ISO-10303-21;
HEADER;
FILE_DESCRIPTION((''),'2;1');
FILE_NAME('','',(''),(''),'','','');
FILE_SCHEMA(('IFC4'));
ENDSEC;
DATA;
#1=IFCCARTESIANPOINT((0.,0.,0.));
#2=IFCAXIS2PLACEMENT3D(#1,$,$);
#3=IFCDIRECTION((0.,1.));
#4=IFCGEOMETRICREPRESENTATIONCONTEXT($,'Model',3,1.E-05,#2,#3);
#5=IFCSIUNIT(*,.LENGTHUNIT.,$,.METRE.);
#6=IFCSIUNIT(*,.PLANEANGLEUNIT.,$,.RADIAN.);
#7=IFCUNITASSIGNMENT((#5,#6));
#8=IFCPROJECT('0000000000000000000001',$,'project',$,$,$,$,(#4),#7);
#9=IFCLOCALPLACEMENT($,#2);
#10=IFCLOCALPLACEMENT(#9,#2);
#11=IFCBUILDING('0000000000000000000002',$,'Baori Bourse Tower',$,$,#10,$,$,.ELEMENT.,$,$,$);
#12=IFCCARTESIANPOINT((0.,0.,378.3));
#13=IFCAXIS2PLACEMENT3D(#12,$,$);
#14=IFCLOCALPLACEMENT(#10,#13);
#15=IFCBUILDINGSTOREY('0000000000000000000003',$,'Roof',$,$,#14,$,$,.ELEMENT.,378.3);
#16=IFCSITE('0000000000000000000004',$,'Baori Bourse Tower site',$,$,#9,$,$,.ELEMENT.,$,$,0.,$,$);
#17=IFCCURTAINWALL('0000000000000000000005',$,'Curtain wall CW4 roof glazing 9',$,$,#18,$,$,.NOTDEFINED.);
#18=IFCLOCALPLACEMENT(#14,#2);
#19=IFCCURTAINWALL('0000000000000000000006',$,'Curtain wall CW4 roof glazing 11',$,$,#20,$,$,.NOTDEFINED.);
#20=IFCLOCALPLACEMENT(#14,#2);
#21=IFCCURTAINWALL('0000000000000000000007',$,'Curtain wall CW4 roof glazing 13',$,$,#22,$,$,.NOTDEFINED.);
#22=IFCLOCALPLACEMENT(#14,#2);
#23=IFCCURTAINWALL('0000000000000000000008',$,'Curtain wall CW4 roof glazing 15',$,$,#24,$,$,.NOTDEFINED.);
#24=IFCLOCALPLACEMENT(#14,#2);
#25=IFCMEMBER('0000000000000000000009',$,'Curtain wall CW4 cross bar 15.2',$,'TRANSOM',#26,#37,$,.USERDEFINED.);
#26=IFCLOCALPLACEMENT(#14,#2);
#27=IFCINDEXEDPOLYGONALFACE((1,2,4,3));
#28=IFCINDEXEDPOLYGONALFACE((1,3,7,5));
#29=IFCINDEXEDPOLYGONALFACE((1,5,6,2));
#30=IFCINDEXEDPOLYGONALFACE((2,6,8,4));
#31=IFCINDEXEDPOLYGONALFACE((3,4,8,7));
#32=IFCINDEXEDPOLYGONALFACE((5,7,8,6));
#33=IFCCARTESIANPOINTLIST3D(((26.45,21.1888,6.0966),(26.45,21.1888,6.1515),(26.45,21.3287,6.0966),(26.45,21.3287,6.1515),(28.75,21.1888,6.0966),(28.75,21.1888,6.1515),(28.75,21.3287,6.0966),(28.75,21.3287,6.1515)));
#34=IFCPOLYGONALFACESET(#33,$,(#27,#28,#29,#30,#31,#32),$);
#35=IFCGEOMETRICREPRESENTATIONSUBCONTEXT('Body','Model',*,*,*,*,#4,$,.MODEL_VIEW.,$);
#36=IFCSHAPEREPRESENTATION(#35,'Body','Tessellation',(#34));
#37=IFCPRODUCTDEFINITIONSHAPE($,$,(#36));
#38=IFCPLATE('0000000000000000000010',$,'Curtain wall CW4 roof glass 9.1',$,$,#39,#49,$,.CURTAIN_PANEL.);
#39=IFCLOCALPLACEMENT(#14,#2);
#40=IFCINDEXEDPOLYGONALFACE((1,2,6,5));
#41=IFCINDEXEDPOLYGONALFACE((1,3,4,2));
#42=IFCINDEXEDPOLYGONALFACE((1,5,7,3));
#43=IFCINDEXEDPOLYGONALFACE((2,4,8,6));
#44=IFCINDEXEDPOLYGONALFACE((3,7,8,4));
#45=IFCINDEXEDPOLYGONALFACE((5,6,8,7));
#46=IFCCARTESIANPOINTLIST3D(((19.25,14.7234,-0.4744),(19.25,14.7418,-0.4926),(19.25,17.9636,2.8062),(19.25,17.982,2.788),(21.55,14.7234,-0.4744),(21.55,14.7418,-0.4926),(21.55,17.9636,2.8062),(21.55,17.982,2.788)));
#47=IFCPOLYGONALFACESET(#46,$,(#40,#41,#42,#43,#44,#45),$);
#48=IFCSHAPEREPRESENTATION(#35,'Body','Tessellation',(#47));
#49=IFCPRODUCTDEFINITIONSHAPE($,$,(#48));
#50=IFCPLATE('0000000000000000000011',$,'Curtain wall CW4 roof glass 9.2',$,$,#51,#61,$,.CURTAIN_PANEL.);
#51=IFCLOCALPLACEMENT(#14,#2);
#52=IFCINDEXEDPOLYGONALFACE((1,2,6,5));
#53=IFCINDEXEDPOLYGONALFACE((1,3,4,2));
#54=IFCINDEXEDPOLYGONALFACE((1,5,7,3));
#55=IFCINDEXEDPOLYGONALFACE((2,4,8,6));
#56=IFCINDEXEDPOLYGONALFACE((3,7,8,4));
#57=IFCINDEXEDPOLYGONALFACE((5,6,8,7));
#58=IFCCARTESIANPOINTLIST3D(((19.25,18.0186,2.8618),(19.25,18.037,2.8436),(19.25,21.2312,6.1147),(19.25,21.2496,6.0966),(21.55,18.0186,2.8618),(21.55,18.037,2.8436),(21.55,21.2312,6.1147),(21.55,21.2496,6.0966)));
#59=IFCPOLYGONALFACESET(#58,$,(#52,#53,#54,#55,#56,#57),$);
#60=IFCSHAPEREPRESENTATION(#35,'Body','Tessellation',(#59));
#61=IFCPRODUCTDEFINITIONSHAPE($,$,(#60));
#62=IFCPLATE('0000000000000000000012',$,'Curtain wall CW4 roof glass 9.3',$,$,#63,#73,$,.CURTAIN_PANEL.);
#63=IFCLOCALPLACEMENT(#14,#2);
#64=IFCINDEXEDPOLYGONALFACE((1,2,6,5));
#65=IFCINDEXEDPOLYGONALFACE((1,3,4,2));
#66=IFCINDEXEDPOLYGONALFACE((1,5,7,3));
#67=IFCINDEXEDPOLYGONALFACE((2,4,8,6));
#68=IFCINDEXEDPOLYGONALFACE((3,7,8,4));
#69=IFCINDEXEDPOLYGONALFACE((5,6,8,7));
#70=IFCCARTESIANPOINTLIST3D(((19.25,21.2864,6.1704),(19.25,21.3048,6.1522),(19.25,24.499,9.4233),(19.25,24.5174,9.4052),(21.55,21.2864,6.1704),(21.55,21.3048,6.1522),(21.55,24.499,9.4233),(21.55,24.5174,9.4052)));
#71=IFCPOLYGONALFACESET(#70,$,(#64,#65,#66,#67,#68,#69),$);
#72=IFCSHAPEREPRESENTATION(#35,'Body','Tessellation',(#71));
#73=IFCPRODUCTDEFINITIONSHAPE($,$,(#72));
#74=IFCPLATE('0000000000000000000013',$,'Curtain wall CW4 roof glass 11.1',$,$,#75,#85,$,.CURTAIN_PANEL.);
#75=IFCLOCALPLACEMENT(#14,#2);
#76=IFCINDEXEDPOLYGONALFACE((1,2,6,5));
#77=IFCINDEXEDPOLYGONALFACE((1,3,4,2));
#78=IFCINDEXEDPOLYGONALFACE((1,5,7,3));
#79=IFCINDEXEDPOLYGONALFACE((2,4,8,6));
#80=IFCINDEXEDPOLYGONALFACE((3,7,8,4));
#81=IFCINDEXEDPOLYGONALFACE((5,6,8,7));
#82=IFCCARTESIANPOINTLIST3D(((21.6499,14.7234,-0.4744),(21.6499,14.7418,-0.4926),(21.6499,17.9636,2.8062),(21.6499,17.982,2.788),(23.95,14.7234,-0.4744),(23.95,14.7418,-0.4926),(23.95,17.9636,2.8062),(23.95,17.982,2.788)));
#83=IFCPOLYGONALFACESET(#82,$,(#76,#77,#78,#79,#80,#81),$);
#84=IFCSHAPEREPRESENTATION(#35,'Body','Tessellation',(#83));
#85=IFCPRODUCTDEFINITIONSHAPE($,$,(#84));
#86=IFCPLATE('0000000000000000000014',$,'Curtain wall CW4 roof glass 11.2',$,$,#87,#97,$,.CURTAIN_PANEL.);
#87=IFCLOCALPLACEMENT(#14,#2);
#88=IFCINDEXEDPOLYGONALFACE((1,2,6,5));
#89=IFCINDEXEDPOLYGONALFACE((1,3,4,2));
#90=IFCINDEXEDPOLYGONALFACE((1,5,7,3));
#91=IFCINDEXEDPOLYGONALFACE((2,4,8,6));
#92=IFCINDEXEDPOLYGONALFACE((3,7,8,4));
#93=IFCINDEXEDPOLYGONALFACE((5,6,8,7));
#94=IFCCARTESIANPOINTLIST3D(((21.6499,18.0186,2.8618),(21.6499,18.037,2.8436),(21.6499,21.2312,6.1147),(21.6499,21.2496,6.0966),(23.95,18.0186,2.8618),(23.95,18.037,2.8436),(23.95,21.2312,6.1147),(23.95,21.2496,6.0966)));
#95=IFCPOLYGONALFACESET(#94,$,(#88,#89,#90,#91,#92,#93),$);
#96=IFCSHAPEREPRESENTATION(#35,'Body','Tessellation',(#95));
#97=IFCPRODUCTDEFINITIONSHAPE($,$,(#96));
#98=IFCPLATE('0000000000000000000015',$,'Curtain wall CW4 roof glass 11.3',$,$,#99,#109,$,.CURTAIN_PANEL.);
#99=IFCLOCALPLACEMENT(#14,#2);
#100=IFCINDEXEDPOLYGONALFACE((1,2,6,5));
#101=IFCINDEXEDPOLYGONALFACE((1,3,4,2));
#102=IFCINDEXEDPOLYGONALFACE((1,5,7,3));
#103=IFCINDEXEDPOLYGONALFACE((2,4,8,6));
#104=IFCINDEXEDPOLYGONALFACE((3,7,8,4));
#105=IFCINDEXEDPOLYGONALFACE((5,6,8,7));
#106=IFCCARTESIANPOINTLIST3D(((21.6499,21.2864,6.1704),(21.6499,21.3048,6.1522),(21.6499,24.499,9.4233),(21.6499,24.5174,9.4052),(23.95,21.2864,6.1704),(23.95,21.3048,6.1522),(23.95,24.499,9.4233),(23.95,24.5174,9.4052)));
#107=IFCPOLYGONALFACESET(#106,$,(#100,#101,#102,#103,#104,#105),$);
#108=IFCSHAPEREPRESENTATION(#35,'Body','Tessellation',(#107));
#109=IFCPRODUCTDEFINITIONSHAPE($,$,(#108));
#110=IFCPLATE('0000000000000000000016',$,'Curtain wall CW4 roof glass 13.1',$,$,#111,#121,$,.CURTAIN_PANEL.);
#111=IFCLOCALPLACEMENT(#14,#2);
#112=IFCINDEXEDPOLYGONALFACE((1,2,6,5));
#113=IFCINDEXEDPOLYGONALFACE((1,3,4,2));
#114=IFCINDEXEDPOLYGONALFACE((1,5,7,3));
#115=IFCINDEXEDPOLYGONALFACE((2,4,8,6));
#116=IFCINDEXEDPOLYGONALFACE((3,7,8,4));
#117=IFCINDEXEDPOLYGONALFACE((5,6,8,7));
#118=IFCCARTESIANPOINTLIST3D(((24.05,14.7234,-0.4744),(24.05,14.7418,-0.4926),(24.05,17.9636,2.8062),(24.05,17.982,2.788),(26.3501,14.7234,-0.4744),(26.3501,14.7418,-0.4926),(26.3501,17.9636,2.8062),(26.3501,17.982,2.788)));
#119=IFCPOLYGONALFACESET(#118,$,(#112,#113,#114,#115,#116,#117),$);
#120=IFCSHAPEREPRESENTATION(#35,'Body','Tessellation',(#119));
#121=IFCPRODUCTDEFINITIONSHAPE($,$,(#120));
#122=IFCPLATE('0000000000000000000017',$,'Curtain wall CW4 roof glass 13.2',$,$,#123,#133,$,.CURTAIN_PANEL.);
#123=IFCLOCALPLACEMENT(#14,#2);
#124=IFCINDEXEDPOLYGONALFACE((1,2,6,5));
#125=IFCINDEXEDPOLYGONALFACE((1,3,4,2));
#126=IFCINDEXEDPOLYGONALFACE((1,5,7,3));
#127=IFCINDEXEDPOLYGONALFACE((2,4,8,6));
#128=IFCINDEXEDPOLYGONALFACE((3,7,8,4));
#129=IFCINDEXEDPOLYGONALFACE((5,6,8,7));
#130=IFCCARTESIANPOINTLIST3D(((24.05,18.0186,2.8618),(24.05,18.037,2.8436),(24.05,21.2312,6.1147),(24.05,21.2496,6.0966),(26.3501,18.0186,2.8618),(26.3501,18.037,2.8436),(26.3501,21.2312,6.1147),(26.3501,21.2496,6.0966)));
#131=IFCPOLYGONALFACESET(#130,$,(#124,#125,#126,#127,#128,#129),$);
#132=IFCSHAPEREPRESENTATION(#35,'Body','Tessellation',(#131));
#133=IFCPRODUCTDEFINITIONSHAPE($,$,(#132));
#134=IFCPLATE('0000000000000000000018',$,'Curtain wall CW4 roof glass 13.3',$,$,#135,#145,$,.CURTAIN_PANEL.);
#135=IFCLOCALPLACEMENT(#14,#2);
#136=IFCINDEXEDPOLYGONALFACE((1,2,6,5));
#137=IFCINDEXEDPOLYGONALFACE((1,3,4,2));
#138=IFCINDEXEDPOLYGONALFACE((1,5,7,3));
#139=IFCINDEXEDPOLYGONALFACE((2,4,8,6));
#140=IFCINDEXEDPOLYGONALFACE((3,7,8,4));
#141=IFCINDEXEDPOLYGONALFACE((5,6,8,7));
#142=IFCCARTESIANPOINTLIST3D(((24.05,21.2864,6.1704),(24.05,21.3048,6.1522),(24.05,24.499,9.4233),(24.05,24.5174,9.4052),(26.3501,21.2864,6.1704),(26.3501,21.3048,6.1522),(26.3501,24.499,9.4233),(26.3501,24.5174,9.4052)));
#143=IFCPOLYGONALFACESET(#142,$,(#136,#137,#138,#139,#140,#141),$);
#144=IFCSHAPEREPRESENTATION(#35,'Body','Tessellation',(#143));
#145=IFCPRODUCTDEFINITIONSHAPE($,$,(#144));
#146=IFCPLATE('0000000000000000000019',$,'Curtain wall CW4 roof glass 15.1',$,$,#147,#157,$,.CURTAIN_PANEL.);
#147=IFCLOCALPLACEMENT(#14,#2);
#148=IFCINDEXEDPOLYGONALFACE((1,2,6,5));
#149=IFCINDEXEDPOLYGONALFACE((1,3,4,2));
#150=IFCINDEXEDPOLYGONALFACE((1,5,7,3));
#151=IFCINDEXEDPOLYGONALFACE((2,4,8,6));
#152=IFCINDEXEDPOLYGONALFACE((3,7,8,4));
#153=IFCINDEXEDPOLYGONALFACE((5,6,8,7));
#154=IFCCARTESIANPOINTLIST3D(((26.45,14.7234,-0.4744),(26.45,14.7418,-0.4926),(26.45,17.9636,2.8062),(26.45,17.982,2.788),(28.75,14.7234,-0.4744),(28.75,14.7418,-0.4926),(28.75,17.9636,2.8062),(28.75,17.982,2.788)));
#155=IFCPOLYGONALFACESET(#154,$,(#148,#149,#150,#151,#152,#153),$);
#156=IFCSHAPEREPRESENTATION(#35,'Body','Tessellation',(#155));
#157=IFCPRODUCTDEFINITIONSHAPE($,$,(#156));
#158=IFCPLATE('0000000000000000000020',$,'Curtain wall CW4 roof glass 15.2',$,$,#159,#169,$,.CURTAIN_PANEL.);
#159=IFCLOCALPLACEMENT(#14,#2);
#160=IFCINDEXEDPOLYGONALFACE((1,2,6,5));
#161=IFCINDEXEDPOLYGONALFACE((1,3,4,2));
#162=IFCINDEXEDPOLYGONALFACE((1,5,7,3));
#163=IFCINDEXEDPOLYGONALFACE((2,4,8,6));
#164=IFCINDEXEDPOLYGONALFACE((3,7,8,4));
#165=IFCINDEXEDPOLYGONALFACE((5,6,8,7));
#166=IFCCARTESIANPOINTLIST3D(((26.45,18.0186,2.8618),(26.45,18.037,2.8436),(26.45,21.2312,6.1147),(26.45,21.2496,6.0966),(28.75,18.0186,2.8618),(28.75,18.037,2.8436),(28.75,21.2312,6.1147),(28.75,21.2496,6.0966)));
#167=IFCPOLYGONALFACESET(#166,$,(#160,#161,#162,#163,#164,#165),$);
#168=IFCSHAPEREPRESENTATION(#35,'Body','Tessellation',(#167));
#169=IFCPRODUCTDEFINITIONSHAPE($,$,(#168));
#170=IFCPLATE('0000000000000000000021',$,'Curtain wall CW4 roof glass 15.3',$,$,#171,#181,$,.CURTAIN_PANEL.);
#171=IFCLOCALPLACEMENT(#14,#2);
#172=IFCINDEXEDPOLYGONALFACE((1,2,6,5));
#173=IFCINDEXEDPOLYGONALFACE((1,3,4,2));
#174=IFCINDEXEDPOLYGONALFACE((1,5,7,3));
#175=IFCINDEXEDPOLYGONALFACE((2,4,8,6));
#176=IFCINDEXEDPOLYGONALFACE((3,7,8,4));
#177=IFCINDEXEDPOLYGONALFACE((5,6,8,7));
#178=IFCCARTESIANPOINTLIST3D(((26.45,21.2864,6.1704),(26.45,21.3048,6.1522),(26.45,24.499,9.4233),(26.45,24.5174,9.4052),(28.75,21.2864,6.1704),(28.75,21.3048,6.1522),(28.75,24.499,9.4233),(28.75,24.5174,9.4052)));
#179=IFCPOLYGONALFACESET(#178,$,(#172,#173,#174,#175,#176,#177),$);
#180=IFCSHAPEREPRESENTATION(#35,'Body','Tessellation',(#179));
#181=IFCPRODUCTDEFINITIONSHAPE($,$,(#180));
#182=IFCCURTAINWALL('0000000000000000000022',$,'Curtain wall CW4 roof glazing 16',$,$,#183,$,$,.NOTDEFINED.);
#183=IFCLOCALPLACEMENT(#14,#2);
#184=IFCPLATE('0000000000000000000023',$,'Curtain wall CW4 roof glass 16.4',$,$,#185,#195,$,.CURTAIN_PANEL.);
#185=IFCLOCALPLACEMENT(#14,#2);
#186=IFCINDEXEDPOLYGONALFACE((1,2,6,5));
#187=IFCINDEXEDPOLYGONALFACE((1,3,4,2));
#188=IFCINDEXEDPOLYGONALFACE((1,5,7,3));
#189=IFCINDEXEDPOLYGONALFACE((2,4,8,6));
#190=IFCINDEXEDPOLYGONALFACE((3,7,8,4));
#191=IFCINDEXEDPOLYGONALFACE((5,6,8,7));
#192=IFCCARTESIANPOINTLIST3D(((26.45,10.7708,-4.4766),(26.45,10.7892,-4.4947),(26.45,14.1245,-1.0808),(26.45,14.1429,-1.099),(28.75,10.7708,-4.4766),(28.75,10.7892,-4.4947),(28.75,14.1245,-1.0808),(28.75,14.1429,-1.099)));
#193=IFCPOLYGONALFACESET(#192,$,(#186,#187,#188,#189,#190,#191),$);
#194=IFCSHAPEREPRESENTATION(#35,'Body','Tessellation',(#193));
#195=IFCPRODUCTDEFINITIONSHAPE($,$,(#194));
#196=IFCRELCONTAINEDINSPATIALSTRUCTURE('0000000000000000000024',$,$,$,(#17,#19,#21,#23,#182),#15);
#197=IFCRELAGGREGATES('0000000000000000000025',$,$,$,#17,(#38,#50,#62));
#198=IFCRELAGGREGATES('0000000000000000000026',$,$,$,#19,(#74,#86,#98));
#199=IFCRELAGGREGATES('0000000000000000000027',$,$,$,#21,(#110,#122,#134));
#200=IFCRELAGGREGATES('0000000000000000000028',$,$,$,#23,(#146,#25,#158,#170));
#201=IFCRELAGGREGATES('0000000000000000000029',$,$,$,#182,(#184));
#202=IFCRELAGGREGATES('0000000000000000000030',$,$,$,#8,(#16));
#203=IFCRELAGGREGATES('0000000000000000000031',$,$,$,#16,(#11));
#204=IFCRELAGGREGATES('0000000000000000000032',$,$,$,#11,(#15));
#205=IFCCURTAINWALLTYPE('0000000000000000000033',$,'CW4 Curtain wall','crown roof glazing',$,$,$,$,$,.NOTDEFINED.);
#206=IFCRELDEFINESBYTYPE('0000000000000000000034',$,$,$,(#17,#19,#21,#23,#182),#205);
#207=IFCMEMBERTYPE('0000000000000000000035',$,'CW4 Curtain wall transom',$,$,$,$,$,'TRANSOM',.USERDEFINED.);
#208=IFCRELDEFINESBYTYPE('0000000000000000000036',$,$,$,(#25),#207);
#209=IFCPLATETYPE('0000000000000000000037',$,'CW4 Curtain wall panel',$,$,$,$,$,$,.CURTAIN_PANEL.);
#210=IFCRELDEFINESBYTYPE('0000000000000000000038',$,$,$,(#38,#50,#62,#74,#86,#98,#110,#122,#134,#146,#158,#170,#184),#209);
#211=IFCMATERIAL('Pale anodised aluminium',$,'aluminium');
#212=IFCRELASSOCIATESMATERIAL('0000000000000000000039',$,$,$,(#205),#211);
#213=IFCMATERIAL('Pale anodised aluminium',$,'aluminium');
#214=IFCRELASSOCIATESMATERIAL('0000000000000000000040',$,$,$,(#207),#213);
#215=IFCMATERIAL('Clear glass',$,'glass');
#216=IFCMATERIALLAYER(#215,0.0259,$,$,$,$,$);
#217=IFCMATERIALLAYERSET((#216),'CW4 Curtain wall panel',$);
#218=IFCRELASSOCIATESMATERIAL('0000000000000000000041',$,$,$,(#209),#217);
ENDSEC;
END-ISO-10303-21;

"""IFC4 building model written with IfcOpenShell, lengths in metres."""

from ifc_helpers import new_model, si_unit, direction, frame, origin, origin_2d, place, context, subcontext, project, spatial, polyline, rectangle, outline, extrude, material, layer, layer_set, material_profile, profile_set, type_object, element, aggregate, save


model = new_model("IFC4")

# Units and contexts
model_context = context("Model", 3, precision=1e-05, world=origin(), true_north=direction((0.0, 1.0)))
body_context = subcontext(model_context, "Body", "Model", "MODEL_VIEW")
ifc_project = project(units=[si_unit("LENGTHUNIT", "METRE"), si_unit("PLANEANGLEUNIT", "RADIAN")], contexts=[model_context])

# Site, building, storey
site_placement = place(None, origin())
site = spatial("IfcSite", under=ifc_project, at=site_placement, Name="Baori Bourse Tower site", CompositionType="ELEMENT", RefElevation=0.0)
building_placement = place(site_placement, origin())
building = spatial("IfcBuilding", under=site, at=building_placement, Name="Baori Bourse Tower", CompositionType="ELEMENT")
storey_placement = place(building_placement, frame((0.0, 0.0, 378.3)))
storey = spatial("IfcBuildingStorey", under=building, at=storey_placement, Name="Roof", CompositionType="ELEMENT", Elevation=378.3)

# Curtain wall
ifc_material_1 = material(Name="Pale anodised aluminium", Category="aluminium")
curtain_wall_type = type_object("IfcCurtainWallType", Name="CW4 Curtain wall", Description="crown roof glazing", PredefinedType="NOTDEFINED", material=ifc_material_1)
curtain_wall_1_placement = place(storey_placement, origin())
curtain_wall_1 = element("IfcCurtainWall", 1, at=curtain_wall_1_placement, inside=storey, type_object=curtain_wall_type, Name="Curtain wall CW4 roof glazing 9", PredefinedType="NOTDEFINED")

# Curtain walls
curtain_wall_2_placement = place(storey_placement, origin())
curtain_wall_2 = element("IfcCurtainWall", 2, at=curtain_wall_2_placement, inside=storey, type_object=curtain_wall_type, Name="Curtain wall CW4 roof glazing 11", PredefinedType="NOTDEFINED")
curtain_wall_3_placement = place(storey_placement, origin())
curtain_wall_3 = element("IfcCurtainWall", 3, at=curtain_wall_3_placement, inside=storey, type_object=curtain_wall_type, Name="Curtain wall CW4 roof glazing 13", PredefinedType="NOTDEFINED")

# Curtain wall
curtain_wall_4_placement = place(storey_placement, origin())
curtain_wall_4 = element("IfcCurtainWall", 4, at=curtain_wall_4_placement, inside=storey, type_object=curtain_wall_type, Name="Curtain wall CW4 roof glazing 15", PredefinedType="NOTDEFINED")

# Member
ifc_material_2 = material(Name="Pale anodised aluminium", Category="aluminium")
ifc_material_profile_1 = material_profile(ifc_material_2, rectangle(XDim=0.1399, YDim=0.0549, at=origin_2d()), Name="Transom 55x140")
ifc_profile_set_1 = profile_set([ifc_material_profile_1], Name="Pale anodised aluminium")
member_type_1 = type_object("IfcMemberType", Name="CW4 Curtain wall transom", ElementType="TRANSOM", PredefinedType="USERDEFINED", material=ifc_profile_set_1)
member_1_placement = place(storey_placement, frame((26.45, 21.2588, 6.124), z_axis=(1.0, 0.0, 0.0), x_axis=(0.0, 1.0, 0.0)))
member_1 = element("IfcMember", 5, at=member_1_placement, type_object=member_type_1, Name="Curtain wall CW4 cross bar 15.2", ObjectType="TRANSOM", PredefinedType="USERDEFINED", context=body_context, shape_type="SweptSolid", body=[
    extrude(rectangle(XDim=0.1399, YDim=0.0549, at=origin_2d()), origin(), (0.0, 0.0, 1.0), 2.3),
])

# Plates
ifc_material_3 = material(Name="Clear glass", Category="glass")
ifc_layer_1 = layer(ifc_material_3, 0.0259)
ifc_layer_set_1 = layer_set([ifc_layer_1], Name="CW4 Curtain wall panel")
plate_type = type_object("IfcPlateType", Name="CW4 Curtain wall panel", PredefinedType="CURTAIN_PANEL", material=ifc_layer_set_1)
plate_1_placement = place(storey_placement, frame((19.25, 14.7234, -0.4744), z_axis=(0.0, -0.711461, 0.702725), x_axis=(1.0, 0.0, 0.0)))
plate_1 = element("IfcPlate", 6, at=plate_1_placement, type_object=plate_type, Name="Curtain wall CW4 roof glass 9.1", PredefinedType="CURTAIN_PANEL", context=body_context, shape_type="SweptSolid", body=[
    extrude(outline(polyline([(0.0, 0.0), (2.3, 0.0), (2.3, 4.611), (0.0, 4.611), (0.0, 0.0)])), origin(), (0.0, 0.0, -1.0), 0.0259),
])
plate_2_placement = place(storey_placement, frame((19.25, 18.0186, 2.8618), z_axis=(0.0, -0.711499, 0.702688), x_axis=(1.0, 0.0, 0.0)))
plate_2 = element("IfcPlate", 7, at=plate_2_placement, type_object=plate_type, Name="Curtain wall CW4 roof glass 9.2", PredefinedType="CURTAIN_PANEL", context=body_context, shape_type="SweptSolid", body=[
    extrude(outline(polyline([(0.0, 0.0), (2.3, 0.0), (2.3, 4.5719), (0.0, 4.5719), (0.0, 0.0)])), origin(), (0.0, 0.0, -1.0), 0.0259),
])
plate_3_placement = place(storey_placement, frame((19.25, 21.2864, 6.1704), z_axis=(0.0, -0.711499, 0.702688), x_axis=(1.0, 0.0, 0.0)))
plate_3 = element("IfcPlate", 8, at=plate_3_placement, type_object=plate_type, Name="Curtain wall CW4 roof glass 9.3", PredefinedType="CURTAIN_PANEL", context=body_context, shape_type="SweptSolid", body=[
    extrude(outline(polyline([(0.0, 0.0), (2.3, 0.0), (2.3, 4.5719), (0.0, 4.5719), (0.0, 0.0)])), origin(), (0.0, 0.0, -1.0), 0.0259),
])
aggregate(curtain_wall_1, [plate_1, plate_2, plate_3])
plate_4_placement = place(storey_placement, frame((21.6499, 14.7234, -0.4744), z_axis=(0.0, -0.711461, 0.702725), x_axis=(1.0, 0.0, 0.0)))
plate_4 = element("IfcPlate", 9, at=plate_4_placement, type_object=plate_type, Name="Curtain wall CW4 roof glass 11.1", PredefinedType="CURTAIN_PANEL", context=body_context, shape_type="SweptSolid", body=[
    extrude(outline(polyline([(0.0, 0.0), (2.3, 0.0), (2.3, 4.611), (0.0, 4.611), (0.0, 0.0)])), origin(), (0.0, 0.0, -1.0), 0.0259),
])
plate_5_placement = place(storey_placement, frame((21.6499, 18.0186, 2.8618), z_axis=(0.0, -0.711499, 0.702688), x_axis=(1.0, 0.0, 0.0)))
plate_5 = element("IfcPlate", 10, at=plate_5_placement, type_object=plate_type, Name="Curtain wall CW4 roof glass 11.2", PredefinedType="CURTAIN_PANEL", context=body_context, shape_type="SweptSolid", body=[
    extrude(outline(polyline([(0.0, 0.0), (2.3, 0.0), (2.3, 4.5719), (0.0, 4.5719), (0.0, 0.0)])), origin(), (0.0, 0.0, -1.0), 0.0259),
])
plate_6_placement = place(storey_placement, frame((21.6499, 21.2864, 6.1704), z_axis=(0.0, -0.711499, 0.702688), x_axis=(1.0, 0.0, 0.0)))
plate_6 = element("IfcPlate", 11, at=plate_6_placement, type_object=plate_type, Name="Curtain wall CW4 roof glass 11.3", PredefinedType="CURTAIN_PANEL", context=body_context, shape_type="SweptSolid", body=[
    extrude(outline(polyline([(0.0, 0.0), (2.3, 0.0), (2.3, 4.5719), (0.0, 4.5719), (0.0, 0.0)])), origin(), (0.0, 0.0, -1.0), 0.0259),
])
aggregate(curtain_wall_2, [plate_4, plate_5, plate_6])
plate_7_placement = place(storey_placement, frame((24.05, 14.7234, -0.4744), z_axis=(0.0, -0.711461, 0.702725), x_axis=(1.0, 0.0, 0.0)))
plate_7 = element("IfcPlate", 12, at=plate_7_placement, type_object=plate_type, Name="Curtain wall CW4 roof glass 13.1", PredefinedType="CURTAIN_PANEL", context=body_context, shape_type="SweptSolid", body=[
    extrude(outline(polyline([(0.0, 0.0), (2.3, 0.0), (2.3, 4.611), (0.0, 4.611), (0.0, 0.0)])), origin(), (0.0, 0.0, -1.0), 0.0259),
])
plate_8_placement = place(storey_placement, frame((24.05, 18.0186, 2.8618), z_axis=(0.0, -0.711499, 0.702688), x_axis=(1.0, 0.0, 0.0)))
plate_8 = element("IfcPlate", 13, at=plate_8_placement, type_object=plate_type, Name="Curtain wall CW4 roof glass 13.2", PredefinedType="CURTAIN_PANEL", context=body_context, shape_type="SweptSolid", body=[
    extrude(outline(polyline([(0.0, 0.0), (2.3, 0.0), (2.3, 4.5719), (0.0, 4.5719), (0.0, 0.0)])), origin(), (0.0, 0.0, -1.0), 0.0259),
])
plate_9_placement = place(storey_placement, frame((24.05, 21.2864, 6.1704), z_axis=(0.0, -0.711499, 0.702688), x_axis=(1.0, 0.0, 0.0)))
plate_9 = element("IfcPlate", 14, at=plate_9_placement, type_object=plate_type, Name="Curtain wall CW4 roof glass 13.3", PredefinedType="CURTAIN_PANEL", context=body_context, shape_type="SweptSolid", body=[
    extrude(outline(polyline([(0.0, 0.0), (2.3, 0.0), (2.3, 4.5719), (0.0, 4.5719), (0.0, 0.0)])), origin(), (0.0, 0.0, -1.0), 0.0259),
])
aggregate(curtain_wall_3, [plate_7, plate_8, plate_9])
plate_10_placement = place(storey_placement, frame((26.45, 14.7234, -0.4744), z_axis=(0.0, -0.711461, 0.702725), x_axis=(1.0, 0.0, 0.0)))
plate_10 = element("IfcPlate", 15, at=plate_10_placement, type_object=plate_type, Name="Curtain wall CW4 roof glass 15.1", PredefinedType="CURTAIN_PANEL", context=body_context, shape_type="SweptSolid", body=[
    extrude(outline(polyline([(0.0, 0.0), (2.3, 0.0), (2.3, 4.611), (0.0, 4.611), (0.0, 0.0)])), origin(), (0.0, 0.0, -1.0), 0.0259),
])
plate_11_placement = place(storey_placement, frame((26.45, 18.0186, 2.8618), z_axis=(0.0, -0.711499, 0.702688), x_axis=(1.0, 0.0, 0.0)))
plate_11 = element("IfcPlate", 16, at=plate_11_placement, type_object=plate_type, Name="Curtain wall CW4 roof glass 15.2", PredefinedType="CURTAIN_PANEL", context=body_context, shape_type="SweptSolid", body=[
    extrude(outline(polyline([(0.0, 0.0), (2.3, 0.0), (2.3, 4.5719), (0.0, 4.5719), (0.0, 0.0)])), origin(), (0.0, 0.0, -1.0), 0.0259),
])
plate_12_placement = place(storey_placement, frame((26.45, 21.2864, 6.1704), z_axis=(0.0, -0.711499, 0.702688), x_axis=(1.0, 0.0, 0.0)))
plate_12 = element("IfcPlate", 17, at=plate_12_placement, type_object=plate_type, Name="Curtain wall CW4 roof glass 15.3", PredefinedType="CURTAIN_PANEL", context=body_context, shape_type="SweptSolid", body=[
    extrude(outline(polyline([(0.0, 0.0), (2.3, 0.0), (2.3, 4.5719), (0.0, 4.5719), (0.0, 0.0)])), origin(), (0.0, 0.0, -1.0), 0.0259),
])
aggregate(curtain_wall_4, [plate_10, member_1, plate_11, plate_12])

# Curtain wall, plate
curtain_wall_5_placement = place(storey_placement, origin())
curtain_wall_5 = element("IfcCurtainWall", 18, at=curtain_wall_5_placement, inside=storey, type_object=curtain_wall_type, Name="Curtain wall CW4 roof glazing 16", PredefinedType="NOTDEFINED")
plate_13_placement = place(storey_placement, frame((26.45, 10.7708, -4.4766), z_axis=(0.0, -0.711492, 0.702694), x_axis=(1.0, 0.0, 0.0)))
plate_13 = element("IfcPlate", 19, at=plate_13_placement, type_object=plate_type, Name="Curtain wall CW4 roof glass 16.4", PredefinedType="CURTAIN_PANEL", context=body_context, shape_type="SweptSolid", body=[
    extrude(outline(polyline([(0.0, 0.0), (2.3, 0.0), (2.3, 4.7727), (0.0, 4.7727), (0.0, 0.0)])), origin(), (0.0, 0.0, -1.0), 0.0259),
])
aggregate(curtain_wall_5, [plate_13])

save(model, "model.ifc")
